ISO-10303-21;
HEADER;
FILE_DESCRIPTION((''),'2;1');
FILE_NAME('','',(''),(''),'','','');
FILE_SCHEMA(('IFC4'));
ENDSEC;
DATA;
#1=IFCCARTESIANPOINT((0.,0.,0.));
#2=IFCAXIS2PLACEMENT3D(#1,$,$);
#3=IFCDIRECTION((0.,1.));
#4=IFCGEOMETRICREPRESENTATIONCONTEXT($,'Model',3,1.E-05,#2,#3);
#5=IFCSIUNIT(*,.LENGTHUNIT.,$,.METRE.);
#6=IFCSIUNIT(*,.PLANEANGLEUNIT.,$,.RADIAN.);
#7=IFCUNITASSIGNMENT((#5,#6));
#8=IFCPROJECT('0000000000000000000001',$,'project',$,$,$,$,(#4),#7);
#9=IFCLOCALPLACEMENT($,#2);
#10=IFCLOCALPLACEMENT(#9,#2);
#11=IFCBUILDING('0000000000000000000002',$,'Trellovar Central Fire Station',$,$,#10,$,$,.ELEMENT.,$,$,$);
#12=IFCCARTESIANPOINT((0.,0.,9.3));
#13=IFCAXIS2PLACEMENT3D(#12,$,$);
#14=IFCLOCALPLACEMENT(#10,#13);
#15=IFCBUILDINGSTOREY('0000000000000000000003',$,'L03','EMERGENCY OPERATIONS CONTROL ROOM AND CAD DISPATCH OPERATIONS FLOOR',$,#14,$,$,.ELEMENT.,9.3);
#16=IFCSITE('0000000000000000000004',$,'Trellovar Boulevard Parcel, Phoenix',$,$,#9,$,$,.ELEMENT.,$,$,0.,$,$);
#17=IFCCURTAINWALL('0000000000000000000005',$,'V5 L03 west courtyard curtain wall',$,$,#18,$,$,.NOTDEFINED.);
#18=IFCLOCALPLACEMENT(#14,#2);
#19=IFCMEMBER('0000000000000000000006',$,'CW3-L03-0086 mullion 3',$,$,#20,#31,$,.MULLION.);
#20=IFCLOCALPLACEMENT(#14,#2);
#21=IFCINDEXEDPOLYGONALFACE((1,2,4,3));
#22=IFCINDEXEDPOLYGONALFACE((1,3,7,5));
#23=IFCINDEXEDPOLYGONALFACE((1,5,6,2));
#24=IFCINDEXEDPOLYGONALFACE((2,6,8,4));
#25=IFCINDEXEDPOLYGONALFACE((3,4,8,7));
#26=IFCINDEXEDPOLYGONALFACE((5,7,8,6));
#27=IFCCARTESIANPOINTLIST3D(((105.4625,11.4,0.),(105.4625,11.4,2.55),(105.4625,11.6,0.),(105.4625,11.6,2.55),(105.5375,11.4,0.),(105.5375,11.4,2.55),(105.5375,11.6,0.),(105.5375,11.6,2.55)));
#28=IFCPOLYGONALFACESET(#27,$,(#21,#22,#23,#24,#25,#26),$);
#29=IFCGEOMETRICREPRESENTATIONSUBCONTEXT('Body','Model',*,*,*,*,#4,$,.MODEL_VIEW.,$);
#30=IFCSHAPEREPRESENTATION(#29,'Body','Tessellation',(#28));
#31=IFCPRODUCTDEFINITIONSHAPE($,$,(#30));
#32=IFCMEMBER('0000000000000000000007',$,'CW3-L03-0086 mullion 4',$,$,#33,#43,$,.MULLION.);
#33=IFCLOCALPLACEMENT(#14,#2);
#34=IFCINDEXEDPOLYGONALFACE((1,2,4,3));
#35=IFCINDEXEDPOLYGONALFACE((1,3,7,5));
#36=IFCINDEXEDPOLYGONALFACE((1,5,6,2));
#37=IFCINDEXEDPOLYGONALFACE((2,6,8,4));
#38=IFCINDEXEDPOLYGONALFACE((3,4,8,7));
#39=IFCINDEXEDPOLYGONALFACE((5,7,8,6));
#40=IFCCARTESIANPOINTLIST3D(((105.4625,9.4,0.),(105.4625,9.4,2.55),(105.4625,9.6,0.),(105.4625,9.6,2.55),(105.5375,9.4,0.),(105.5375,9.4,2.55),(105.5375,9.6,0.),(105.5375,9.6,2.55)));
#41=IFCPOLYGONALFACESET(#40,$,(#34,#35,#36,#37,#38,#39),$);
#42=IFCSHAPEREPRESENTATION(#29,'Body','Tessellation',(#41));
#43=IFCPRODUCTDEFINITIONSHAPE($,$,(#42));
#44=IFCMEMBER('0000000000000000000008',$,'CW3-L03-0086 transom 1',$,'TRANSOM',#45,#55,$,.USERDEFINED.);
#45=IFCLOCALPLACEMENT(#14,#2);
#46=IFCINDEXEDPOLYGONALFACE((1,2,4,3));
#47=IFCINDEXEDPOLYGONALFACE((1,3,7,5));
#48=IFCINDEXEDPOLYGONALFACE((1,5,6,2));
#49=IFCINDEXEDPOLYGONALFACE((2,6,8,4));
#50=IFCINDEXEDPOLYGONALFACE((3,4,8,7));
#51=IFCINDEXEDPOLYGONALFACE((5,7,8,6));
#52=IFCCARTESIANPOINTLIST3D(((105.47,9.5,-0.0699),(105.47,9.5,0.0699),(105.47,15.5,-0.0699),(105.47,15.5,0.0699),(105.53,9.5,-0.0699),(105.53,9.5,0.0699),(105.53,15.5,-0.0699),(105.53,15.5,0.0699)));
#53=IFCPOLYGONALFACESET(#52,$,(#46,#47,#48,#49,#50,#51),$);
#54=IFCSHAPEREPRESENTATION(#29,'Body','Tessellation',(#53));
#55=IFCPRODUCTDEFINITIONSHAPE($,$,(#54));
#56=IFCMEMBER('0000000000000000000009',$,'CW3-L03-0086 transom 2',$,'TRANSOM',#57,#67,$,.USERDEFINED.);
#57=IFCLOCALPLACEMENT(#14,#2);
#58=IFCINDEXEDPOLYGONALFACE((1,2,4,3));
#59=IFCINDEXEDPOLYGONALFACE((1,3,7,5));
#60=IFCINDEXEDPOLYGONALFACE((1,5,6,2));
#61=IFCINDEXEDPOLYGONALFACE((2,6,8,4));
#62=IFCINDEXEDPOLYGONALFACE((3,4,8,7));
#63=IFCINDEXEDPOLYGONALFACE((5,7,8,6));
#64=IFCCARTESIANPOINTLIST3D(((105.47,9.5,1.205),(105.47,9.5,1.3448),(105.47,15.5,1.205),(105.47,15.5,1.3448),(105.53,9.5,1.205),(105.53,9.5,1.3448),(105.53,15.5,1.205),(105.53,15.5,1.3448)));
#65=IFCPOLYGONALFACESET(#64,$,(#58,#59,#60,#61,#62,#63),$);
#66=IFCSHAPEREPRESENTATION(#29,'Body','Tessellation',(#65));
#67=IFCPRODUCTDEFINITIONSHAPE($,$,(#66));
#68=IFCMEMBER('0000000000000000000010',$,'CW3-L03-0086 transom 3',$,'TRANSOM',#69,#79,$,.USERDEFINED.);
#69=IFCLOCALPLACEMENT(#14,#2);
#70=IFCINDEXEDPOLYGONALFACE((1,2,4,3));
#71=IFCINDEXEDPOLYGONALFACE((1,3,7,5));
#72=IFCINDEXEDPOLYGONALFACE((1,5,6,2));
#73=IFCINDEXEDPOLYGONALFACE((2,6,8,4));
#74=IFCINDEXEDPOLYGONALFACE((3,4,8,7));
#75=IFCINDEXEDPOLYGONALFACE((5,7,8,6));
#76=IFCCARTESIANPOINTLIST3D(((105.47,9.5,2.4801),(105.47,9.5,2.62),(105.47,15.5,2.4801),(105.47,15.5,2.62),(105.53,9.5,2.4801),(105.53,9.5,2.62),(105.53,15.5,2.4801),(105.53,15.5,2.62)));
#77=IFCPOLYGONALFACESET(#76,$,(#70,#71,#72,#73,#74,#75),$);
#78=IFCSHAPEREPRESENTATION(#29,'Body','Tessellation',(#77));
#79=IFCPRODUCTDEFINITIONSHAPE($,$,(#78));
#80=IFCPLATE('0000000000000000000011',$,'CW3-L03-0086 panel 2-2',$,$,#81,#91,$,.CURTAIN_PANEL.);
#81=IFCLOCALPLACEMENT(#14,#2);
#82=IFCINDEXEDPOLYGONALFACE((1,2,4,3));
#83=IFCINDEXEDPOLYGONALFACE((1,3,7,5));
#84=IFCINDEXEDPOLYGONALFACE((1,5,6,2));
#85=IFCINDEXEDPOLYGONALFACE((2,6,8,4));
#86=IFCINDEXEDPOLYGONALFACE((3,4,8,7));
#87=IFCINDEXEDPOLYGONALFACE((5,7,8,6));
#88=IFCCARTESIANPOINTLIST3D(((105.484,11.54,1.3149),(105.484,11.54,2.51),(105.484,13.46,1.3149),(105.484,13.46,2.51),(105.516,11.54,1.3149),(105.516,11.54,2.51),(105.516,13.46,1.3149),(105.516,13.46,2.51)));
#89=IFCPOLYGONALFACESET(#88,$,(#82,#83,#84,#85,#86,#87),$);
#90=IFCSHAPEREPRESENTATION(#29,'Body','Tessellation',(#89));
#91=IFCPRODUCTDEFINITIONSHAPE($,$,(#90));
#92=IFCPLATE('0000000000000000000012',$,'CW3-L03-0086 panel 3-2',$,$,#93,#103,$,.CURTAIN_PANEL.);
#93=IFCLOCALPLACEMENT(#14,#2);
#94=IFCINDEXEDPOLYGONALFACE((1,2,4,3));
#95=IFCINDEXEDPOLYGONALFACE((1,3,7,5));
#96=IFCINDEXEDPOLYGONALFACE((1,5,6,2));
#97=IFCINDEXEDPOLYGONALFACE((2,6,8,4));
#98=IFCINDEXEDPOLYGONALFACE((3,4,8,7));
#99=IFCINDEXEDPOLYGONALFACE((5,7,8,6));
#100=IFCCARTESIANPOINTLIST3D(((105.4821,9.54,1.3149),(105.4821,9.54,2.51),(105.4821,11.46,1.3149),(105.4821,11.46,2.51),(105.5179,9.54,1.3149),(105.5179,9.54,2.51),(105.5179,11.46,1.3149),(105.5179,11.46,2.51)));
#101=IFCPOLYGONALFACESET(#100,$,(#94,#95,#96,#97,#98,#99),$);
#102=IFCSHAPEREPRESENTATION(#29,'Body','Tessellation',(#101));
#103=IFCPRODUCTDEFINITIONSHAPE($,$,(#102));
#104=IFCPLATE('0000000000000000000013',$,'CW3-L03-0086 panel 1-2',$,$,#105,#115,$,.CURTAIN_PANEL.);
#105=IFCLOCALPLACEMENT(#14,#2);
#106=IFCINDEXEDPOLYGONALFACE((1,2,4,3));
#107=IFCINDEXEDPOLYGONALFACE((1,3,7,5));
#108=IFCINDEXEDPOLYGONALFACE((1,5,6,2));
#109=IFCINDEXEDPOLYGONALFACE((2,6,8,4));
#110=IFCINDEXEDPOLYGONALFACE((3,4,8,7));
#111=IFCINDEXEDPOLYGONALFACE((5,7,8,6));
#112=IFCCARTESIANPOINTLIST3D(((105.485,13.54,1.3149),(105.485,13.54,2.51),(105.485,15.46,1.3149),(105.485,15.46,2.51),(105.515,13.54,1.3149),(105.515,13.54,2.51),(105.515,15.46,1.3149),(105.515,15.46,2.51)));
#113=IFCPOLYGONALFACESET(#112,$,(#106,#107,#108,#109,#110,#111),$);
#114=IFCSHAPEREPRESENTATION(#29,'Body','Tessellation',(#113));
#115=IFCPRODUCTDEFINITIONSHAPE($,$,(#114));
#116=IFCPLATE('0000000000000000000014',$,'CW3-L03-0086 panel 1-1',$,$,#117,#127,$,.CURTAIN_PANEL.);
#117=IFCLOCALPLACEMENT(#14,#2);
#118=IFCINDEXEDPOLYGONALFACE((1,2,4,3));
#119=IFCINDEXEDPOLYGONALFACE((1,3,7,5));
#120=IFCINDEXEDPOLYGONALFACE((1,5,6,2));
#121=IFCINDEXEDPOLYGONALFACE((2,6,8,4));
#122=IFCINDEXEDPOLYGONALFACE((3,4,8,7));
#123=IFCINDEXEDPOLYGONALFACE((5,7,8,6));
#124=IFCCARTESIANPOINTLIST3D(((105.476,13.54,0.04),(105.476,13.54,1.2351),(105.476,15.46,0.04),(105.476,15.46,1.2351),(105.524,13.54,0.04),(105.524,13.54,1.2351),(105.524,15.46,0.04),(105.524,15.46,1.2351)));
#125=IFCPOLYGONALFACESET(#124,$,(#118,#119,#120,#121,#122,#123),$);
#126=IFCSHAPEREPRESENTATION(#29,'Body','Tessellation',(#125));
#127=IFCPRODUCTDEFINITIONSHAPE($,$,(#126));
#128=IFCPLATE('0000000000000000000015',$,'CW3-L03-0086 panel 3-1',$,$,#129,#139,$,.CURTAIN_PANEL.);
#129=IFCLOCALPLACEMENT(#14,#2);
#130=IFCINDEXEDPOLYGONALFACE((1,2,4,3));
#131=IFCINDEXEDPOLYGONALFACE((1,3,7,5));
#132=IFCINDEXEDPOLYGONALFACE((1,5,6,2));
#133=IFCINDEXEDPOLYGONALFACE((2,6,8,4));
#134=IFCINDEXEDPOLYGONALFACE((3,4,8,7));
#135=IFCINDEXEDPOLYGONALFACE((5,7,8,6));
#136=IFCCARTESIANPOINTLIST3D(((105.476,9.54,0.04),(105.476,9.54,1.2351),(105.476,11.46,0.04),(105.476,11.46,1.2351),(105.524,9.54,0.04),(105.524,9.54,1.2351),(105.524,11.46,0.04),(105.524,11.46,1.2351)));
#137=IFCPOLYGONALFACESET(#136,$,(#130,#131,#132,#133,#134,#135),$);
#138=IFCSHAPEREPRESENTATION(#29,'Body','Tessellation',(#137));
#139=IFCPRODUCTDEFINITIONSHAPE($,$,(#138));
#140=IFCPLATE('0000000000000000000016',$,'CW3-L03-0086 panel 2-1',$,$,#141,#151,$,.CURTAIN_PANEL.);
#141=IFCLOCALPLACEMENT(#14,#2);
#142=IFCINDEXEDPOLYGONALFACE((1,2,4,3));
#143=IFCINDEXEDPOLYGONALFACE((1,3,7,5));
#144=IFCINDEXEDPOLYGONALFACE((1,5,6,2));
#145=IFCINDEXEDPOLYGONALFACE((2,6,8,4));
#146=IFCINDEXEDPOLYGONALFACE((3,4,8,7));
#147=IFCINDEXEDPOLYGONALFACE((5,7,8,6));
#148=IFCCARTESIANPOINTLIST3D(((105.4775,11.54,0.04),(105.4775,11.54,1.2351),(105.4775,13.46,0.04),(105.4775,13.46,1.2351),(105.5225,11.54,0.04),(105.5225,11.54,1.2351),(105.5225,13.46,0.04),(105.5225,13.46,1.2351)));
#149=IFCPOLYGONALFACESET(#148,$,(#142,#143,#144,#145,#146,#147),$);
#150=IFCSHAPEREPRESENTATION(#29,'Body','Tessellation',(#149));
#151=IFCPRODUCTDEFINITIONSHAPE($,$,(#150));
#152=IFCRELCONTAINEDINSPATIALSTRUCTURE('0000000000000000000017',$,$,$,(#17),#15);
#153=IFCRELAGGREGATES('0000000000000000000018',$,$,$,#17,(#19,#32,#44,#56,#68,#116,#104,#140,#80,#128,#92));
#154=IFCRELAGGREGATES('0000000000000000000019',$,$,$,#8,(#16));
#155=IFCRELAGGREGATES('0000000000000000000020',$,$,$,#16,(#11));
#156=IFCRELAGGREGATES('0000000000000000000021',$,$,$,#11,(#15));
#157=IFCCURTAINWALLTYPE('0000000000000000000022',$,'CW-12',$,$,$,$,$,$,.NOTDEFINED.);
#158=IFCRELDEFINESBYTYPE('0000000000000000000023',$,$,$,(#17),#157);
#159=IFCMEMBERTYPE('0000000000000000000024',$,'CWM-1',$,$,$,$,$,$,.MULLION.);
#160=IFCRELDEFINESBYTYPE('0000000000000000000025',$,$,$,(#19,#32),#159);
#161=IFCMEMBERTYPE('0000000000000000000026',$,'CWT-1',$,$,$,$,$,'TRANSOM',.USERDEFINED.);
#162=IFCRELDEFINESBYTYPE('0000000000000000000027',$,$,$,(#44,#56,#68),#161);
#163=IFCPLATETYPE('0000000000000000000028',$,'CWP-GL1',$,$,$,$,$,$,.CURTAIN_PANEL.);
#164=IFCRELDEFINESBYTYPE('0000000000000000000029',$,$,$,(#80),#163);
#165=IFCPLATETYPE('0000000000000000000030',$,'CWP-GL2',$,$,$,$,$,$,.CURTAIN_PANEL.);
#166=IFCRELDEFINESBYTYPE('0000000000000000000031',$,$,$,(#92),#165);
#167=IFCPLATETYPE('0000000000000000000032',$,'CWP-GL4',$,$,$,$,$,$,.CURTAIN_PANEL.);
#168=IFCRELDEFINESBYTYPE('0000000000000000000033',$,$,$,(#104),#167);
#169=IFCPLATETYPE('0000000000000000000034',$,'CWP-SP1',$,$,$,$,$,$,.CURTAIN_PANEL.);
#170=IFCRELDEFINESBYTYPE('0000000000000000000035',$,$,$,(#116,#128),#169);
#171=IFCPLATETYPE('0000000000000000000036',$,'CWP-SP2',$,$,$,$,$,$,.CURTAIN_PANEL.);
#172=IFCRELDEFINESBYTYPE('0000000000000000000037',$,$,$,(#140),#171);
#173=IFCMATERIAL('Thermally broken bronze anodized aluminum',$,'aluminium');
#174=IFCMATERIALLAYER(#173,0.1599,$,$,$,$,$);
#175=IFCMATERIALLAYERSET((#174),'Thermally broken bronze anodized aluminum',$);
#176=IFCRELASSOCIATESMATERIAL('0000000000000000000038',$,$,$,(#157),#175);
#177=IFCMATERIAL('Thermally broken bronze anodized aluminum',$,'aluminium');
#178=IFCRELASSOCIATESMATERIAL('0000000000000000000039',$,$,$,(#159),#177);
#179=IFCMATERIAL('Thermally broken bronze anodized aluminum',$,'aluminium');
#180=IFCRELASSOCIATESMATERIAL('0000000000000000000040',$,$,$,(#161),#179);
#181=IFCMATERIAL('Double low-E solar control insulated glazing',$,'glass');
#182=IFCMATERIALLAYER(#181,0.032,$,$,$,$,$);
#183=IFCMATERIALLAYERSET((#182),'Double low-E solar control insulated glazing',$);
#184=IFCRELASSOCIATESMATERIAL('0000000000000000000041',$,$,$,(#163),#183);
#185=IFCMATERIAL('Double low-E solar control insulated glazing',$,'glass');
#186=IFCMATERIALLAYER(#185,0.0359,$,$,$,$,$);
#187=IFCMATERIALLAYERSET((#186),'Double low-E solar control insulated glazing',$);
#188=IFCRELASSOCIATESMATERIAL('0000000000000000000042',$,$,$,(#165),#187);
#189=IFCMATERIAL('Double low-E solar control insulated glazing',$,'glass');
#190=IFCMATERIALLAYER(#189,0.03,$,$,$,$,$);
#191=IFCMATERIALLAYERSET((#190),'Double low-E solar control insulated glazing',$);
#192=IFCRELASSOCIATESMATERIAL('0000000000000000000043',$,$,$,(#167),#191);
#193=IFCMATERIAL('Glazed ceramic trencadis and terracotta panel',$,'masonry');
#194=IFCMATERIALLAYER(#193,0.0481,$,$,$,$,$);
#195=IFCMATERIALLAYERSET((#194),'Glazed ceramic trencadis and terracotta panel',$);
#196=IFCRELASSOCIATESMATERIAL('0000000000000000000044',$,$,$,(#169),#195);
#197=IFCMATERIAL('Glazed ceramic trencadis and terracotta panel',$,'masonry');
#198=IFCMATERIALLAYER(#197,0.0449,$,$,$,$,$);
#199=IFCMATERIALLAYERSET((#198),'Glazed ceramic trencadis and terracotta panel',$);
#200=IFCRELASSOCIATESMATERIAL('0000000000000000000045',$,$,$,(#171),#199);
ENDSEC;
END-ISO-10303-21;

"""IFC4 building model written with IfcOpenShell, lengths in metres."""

from ifc_helpers import new_model, si_unit, direction, frame, origin, origin_2d, place, context, subcontext, project, spatial, rectangle, extrude, material, layer, layer_set, material_profile, profile_set, type_object, element, aggregate, save


model = new_model("IFC4")

# Units and contexts
model_context = context("Model", 3, precision=1e-05, world=origin(), true_north=direction((0.0, 1.0)))
body_context = subcontext(model_context, "Body", "Model", "MODEL_VIEW")
ifc_project = project(units=[si_unit("LENGTHUNIT", "METRE"), si_unit("PLANEANGLEUNIT", "RADIAN")], contexts=[model_context])

# Site, building, storey
site_placement = place(None, origin())
site = spatial("IfcSite", under=ifc_project, at=site_placement, Name="Trellovar Boulevard Parcel, Phoenix", CompositionType="ELEMENT", RefElevation=0.0)
building_placement = place(site_placement, origin())
building = spatial("IfcBuilding", under=site, at=building_placement, Name="Trellovar Central Fire Station", CompositionType="ELEMENT")
storey_placement = place(building_placement, frame((0.0, 0.0, 9.3)))
storey = spatial("IfcBuildingStorey", under=building, at=storey_placement, Name="L03", Description="EMERGENCY OPERATIONS CONTROL ROOM AND CAD DISPATCH OPERATIONS FLOOR", CompositionType="ELEMENT", Elevation=9.3)

# Curtain wall, members, plates
ifc_material_1 = material(Name="Thermally broken bronze anodized aluminum", Category="aluminium")
ifc_layer_1 = layer(ifc_material_1, 0.1599)
ifc_layer_set_1 = layer_set([ifc_layer_1], Name="Thermally broken bronze anodized aluminum")
curtain_wall_type = type_object("IfcCurtainWallType", Name="CW-12", PredefinedType="NOTDEFINED", material=ifc_layer_set_1)
curtain_wall_placement = place(storey_placement, origin())
curtain_wall = element("IfcCurtainWall", 1, at=curtain_wall_placement, inside=storey, type_object=curtain_wall_type, Name="V5 L03 west courtyard curtain wall", PredefinedType="NOTDEFINED")
ifc_material_2 = material(Name="Thermally broken bronze anodized aluminum", Category="aluminium")
ifc_material_profile_1 = material_profile(ifc_material_2, rectangle(XDim=0.075, YDim=0.2, at=origin_2d()), Name="ALU75X200")
ifc_profile_set_1 = profile_set([ifc_material_profile_1], Name="Thermally broken bronze anodized aluminum")
member_type_1 = type_object("IfcMemberType", Name="CWM-1", PredefinedType="MULLION", material=ifc_profile_set_1)
member_1_placement = place(storey_placement, frame((105.5, 11.5, 0.0), z_axis=(0.0, 0.0, 1.0), x_axis=(1.0, 0.0, 0.0)))
member_1 = element("IfcMember", 2, at=member_1_placement, type_object=member_type_1, Name="CW3-L03-0086 mullion 3", PredefinedType="MULLION", context=body_context, shape_type="SweptSolid", body=[
    extrude(rectangle(XDim=0.075, YDim=0.2, at=origin_2d()), origin(), (0.0, 0.0, 1.0), 2.55),
])
member_2_placement = place(storey_placement, frame((105.5, 9.5, 0.0), z_axis=(0.0, 0.0, 1.0), x_axis=(1.0, 0.0, 0.0)))
member_2 = element("IfcMember", 3, at=member_2_placement, type_object=member_type_1, Name="CW3-L03-0086 mullion 4", PredefinedType="MULLION", context=body_context, shape_type="SweptSolid", body=[
    extrude(rectangle(XDim=0.075, YDim=0.2, at=origin_2d()), origin(), (0.0, 0.0, 1.0), 2.55),
])
ifc_material_3 = material(Name="Thermally broken bronze anodized aluminum", Category="aluminium")
ifc_material_profile_2 = material_profile(ifc_material_3, rectangle(XDim=0.0601, YDim=0.1399, at=origin_2d()), Name="ALU60X140")
ifc_profile_set_2 = profile_set([ifc_material_profile_2], Name="Thermally broken bronze anodized aluminum")
member_type_2 = type_object("IfcMemberType", Name="CWT-1", ElementType="TRANSOM", PredefinedType="USERDEFINED", material=ifc_profile_set_2)
member_3_placement = place(storey_placement, frame((105.5, 15.5, 0.0), z_axis=(0.0, -1.0, 0.0), x_axis=(1.0, 0.0, 0.0)))
member_3 = element("IfcMember", 4, at=member_3_placement, type_object=member_type_2, Name="CW3-L03-0086 transom 1", ObjectType="TRANSOM", PredefinedType="USERDEFINED", context=body_context, shape_type="SweptSolid", body=[
    extrude(rectangle(XDim=0.0601, YDim=0.1399, at=origin_2d()), origin(), (0.0, 0.0, 1.0), 6.0),
])
member_4_placement = place(storey_placement, frame((105.5, 15.5, 1.2749), z_axis=(0.0, -1.0, 0.0), x_axis=(1.0, 0.0, 0.0)))
member_4 = element("IfcMember", 5, at=member_4_placement, type_object=member_type_2, Name="CW3-L03-0086 transom 2", ObjectType="TRANSOM", PredefinedType="USERDEFINED", context=body_context, shape_type="SweptSolid", body=[
    extrude(rectangle(XDim=0.0601, YDim=0.1399, at=origin_2d()), origin(), (0.0, 0.0, 1.0), 6.0),
])
member_5_placement = place(storey_placement, frame((105.5, 15.5, 2.55), z_axis=(0.0, -1.0, 0.0), x_axis=(1.0, 0.0, 0.0)))
member_5 = element("IfcMember", 6, at=member_5_placement, type_object=member_type_2, Name="CW3-L03-0086 transom 3", ObjectType="TRANSOM", PredefinedType="USERDEFINED", context=body_context, shape_type="SweptSolid", body=[
    extrude(rectangle(XDim=0.0601, YDim=0.1399, at=origin_2d()), origin(), (0.0, 0.0, 1.0), 6.0),
])
ifc_material_4 = material(Name="Double low-E solar control insulated glazing", Category="glass")
ifc_layer_2 = layer(ifc_material_4, 0.032)
ifc_layer_set_2 = layer_set([ifc_layer_2], Name="Double low-E solar control insulated glazing")
plate_type_1 = type_object("IfcPlateType", Name="CWP-GL1", PredefinedType="CURTAIN_PANEL", material=ifc_layer_set_2)
plate_1_placement = place(storey_placement, frame((105.5, 12.5, 1.3149), z_axis=(0.0, 0.0, 1.0), x_axis=(0.0, -1.0, 0.0)))
plate_1 = element("IfcPlate", 7, at=plate_1_placement, type_object=plate_type_1, Name="CW3-L03-0086 panel 2-2", PredefinedType="CURTAIN_PANEL", context=body_context, shape_type="SweptSolid", body=[
    extrude(rectangle(XDim=1.9199, YDim=0.032, at=origin_2d()), origin(), (0.0, 0.0, 1.0), 1.1951),
])
ifc_material_5 = material(Name="Double low-E solar control insulated glazing", Category="glass")
ifc_layer_3 = layer(ifc_material_5, 0.0359)
ifc_layer_set_3 = layer_set([ifc_layer_3], Name="Double low-E solar control insulated glazing")
plate_type_2 = type_object("IfcPlateType", Name="CWP-GL2", PredefinedType="CURTAIN_PANEL", material=ifc_layer_set_3)
plate_2_placement = place(storey_placement, frame((105.5, 10.5, 1.3149), z_axis=(0.0, 0.0, 1.0), x_axis=(0.0, -1.0, 0.0)))
plate_2 = element("IfcPlate", 8, at=plate_2_placement, type_object=plate_type_2, Name="CW3-L03-0086 panel 3-2", PredefinedType="CURTAIN_PANEL", context=body_context, shape_type="SweptSolid", body=[
    extrude(rectangle(XDim=1.9199, YDim=0.0359, at=origin_2d()), origin(), (0.0, 0.0, 1.0), 1.1951),
])
ifc_material_6 = material(Name="Double low-E solar control insulated glazing", Category="glass")
ifc_layer_4 = layer(ifc_material_6, 0.03)
ifc_layer_set_4 = layer_set([ifc_layer_4], Name="Double low-E solar control insulated glazing")
plate_type_3 = type_object("IfcPlateType", Name="CWP-GL4", PredefinedType="CURTAIN_PANEL", material=ifc_layer_set_4)
plate_3_placement = place(storey_placement, frame((105.5, 14.5, 1.3149), z_axis=(0.0, 0.0, 1.0), x_axis=(0.0, -1.0, 0.0)))
plate_3 = element("IfcPlate", 9, at=plate_3_placement, type_object=plate_type_3, Name="CW3-L03-0086 panel 1-2", PredefinedType="CURTAIN_PANEL", context=body_context, shape_type="SweptSolid", body=[
    extrude(rectangle(XDim=1.9199, YDim=0.03, at=origin_2d()), origin(), (0.0, 0.0, 1.0), 1.1951),
])
ifc_material_7 = material(Name="Glazed ceramic trencadis and terracotta panel", Category="masonry")
ifc_layer_5 = layer(ifc_material_7, 0.0481)
ifc_layer_set_5 = layer_set([ifc_layer_5], Name="Glazed ceramic trencadis and terracotta panel")
plate_type_4 = type_object("IfcPlateType", Name="CWP-SP1", PredefinedType="CURTAIN_PANEL", material=ifc_layer_set_5)
plate_4_placement = place(storey_placement, frame((105.5, 14.5, 0.04), z_axis=(0.0, 0.0, 1.0), x_axis=(0.0, -1.0, 0.0)))
plate_4 = element("IfcPlate", 10, at=plate_4_placement, type_object=plate_type_4, Name="CW3-L03-0086 panel 1-1", PredefinedType="CURTAIN_PANEL", context=body_context, shape_type="SweptSolid", body=[
    extrude(rectangle(XDim=1.9199, YDim=0.0481, at=origin_2d()), origin(), (0.0, 0.0, 1.0), 1.1951),
])
plate_5_placement = place(storey_placement, frame((105.5, 10.5, 0.04), z_axis=(0.0, 0.0, 1.0), x_axis=(0.0, -1.0, 0.0)))
plate_5 = element("IfcPlate", 11, at=plate_5_placement, type_object=plate_type_4, Name="CW3-L03-0086 panel 3-1", PredefinedType="CURTAIN_PANEL", context=body_context, shape_type="SweptSolid", body=[
    extrude(rectangle(XDim=1.9199, YDim=0.0481, at=origin_2d()), origin(), (0.0, 0.0, 1.0), 1.1951),
])
ifc_material_8 = material(Name="Glazed ceramic trencadis and terracotta panel", Category="masonry")
ifc_layer_6 = layer(ifc_material_8, 0.0449)
ifc_layer_set_6 = layer_set([ifc_layer_6], Name="Glazed ceramic trencadis and terracotta panel")
plate_type_5 = type_object("IfcPlateType", Name="CWP-SP2", PredefinedType="CURTAIN_PANEL", material=ifc_layer_set_6)
plate_6_placement = place(storey_placement, frame((105.5, 12.5, 0.04), z_axis=(0.0, 0.0, 1.0), x_axis=(0.0, -1.0, 0.0)))
plate_6 = element("IfcPlate", 12, at=plate_6_placement, type_object=plate_type_5, Name="CW3-L03-0086 panel 2-1", PredefinedType="CURTAIN_PANEL", context=body_context, shape_type="SweptSolid", body=[
    extrude(rectangle(XDim=1.9199, YDim=0.0449, at=origin_2d()), origin(), (0.0, 0.0, 1.0), 1.1951),
])
aggregate(curtain_wall, [member_1, member_2, member_3, member_4, member_5, plate_4, plate_3, plate_6, plate_1, plate_5, plate_2])

save(model, "model.ifc")
